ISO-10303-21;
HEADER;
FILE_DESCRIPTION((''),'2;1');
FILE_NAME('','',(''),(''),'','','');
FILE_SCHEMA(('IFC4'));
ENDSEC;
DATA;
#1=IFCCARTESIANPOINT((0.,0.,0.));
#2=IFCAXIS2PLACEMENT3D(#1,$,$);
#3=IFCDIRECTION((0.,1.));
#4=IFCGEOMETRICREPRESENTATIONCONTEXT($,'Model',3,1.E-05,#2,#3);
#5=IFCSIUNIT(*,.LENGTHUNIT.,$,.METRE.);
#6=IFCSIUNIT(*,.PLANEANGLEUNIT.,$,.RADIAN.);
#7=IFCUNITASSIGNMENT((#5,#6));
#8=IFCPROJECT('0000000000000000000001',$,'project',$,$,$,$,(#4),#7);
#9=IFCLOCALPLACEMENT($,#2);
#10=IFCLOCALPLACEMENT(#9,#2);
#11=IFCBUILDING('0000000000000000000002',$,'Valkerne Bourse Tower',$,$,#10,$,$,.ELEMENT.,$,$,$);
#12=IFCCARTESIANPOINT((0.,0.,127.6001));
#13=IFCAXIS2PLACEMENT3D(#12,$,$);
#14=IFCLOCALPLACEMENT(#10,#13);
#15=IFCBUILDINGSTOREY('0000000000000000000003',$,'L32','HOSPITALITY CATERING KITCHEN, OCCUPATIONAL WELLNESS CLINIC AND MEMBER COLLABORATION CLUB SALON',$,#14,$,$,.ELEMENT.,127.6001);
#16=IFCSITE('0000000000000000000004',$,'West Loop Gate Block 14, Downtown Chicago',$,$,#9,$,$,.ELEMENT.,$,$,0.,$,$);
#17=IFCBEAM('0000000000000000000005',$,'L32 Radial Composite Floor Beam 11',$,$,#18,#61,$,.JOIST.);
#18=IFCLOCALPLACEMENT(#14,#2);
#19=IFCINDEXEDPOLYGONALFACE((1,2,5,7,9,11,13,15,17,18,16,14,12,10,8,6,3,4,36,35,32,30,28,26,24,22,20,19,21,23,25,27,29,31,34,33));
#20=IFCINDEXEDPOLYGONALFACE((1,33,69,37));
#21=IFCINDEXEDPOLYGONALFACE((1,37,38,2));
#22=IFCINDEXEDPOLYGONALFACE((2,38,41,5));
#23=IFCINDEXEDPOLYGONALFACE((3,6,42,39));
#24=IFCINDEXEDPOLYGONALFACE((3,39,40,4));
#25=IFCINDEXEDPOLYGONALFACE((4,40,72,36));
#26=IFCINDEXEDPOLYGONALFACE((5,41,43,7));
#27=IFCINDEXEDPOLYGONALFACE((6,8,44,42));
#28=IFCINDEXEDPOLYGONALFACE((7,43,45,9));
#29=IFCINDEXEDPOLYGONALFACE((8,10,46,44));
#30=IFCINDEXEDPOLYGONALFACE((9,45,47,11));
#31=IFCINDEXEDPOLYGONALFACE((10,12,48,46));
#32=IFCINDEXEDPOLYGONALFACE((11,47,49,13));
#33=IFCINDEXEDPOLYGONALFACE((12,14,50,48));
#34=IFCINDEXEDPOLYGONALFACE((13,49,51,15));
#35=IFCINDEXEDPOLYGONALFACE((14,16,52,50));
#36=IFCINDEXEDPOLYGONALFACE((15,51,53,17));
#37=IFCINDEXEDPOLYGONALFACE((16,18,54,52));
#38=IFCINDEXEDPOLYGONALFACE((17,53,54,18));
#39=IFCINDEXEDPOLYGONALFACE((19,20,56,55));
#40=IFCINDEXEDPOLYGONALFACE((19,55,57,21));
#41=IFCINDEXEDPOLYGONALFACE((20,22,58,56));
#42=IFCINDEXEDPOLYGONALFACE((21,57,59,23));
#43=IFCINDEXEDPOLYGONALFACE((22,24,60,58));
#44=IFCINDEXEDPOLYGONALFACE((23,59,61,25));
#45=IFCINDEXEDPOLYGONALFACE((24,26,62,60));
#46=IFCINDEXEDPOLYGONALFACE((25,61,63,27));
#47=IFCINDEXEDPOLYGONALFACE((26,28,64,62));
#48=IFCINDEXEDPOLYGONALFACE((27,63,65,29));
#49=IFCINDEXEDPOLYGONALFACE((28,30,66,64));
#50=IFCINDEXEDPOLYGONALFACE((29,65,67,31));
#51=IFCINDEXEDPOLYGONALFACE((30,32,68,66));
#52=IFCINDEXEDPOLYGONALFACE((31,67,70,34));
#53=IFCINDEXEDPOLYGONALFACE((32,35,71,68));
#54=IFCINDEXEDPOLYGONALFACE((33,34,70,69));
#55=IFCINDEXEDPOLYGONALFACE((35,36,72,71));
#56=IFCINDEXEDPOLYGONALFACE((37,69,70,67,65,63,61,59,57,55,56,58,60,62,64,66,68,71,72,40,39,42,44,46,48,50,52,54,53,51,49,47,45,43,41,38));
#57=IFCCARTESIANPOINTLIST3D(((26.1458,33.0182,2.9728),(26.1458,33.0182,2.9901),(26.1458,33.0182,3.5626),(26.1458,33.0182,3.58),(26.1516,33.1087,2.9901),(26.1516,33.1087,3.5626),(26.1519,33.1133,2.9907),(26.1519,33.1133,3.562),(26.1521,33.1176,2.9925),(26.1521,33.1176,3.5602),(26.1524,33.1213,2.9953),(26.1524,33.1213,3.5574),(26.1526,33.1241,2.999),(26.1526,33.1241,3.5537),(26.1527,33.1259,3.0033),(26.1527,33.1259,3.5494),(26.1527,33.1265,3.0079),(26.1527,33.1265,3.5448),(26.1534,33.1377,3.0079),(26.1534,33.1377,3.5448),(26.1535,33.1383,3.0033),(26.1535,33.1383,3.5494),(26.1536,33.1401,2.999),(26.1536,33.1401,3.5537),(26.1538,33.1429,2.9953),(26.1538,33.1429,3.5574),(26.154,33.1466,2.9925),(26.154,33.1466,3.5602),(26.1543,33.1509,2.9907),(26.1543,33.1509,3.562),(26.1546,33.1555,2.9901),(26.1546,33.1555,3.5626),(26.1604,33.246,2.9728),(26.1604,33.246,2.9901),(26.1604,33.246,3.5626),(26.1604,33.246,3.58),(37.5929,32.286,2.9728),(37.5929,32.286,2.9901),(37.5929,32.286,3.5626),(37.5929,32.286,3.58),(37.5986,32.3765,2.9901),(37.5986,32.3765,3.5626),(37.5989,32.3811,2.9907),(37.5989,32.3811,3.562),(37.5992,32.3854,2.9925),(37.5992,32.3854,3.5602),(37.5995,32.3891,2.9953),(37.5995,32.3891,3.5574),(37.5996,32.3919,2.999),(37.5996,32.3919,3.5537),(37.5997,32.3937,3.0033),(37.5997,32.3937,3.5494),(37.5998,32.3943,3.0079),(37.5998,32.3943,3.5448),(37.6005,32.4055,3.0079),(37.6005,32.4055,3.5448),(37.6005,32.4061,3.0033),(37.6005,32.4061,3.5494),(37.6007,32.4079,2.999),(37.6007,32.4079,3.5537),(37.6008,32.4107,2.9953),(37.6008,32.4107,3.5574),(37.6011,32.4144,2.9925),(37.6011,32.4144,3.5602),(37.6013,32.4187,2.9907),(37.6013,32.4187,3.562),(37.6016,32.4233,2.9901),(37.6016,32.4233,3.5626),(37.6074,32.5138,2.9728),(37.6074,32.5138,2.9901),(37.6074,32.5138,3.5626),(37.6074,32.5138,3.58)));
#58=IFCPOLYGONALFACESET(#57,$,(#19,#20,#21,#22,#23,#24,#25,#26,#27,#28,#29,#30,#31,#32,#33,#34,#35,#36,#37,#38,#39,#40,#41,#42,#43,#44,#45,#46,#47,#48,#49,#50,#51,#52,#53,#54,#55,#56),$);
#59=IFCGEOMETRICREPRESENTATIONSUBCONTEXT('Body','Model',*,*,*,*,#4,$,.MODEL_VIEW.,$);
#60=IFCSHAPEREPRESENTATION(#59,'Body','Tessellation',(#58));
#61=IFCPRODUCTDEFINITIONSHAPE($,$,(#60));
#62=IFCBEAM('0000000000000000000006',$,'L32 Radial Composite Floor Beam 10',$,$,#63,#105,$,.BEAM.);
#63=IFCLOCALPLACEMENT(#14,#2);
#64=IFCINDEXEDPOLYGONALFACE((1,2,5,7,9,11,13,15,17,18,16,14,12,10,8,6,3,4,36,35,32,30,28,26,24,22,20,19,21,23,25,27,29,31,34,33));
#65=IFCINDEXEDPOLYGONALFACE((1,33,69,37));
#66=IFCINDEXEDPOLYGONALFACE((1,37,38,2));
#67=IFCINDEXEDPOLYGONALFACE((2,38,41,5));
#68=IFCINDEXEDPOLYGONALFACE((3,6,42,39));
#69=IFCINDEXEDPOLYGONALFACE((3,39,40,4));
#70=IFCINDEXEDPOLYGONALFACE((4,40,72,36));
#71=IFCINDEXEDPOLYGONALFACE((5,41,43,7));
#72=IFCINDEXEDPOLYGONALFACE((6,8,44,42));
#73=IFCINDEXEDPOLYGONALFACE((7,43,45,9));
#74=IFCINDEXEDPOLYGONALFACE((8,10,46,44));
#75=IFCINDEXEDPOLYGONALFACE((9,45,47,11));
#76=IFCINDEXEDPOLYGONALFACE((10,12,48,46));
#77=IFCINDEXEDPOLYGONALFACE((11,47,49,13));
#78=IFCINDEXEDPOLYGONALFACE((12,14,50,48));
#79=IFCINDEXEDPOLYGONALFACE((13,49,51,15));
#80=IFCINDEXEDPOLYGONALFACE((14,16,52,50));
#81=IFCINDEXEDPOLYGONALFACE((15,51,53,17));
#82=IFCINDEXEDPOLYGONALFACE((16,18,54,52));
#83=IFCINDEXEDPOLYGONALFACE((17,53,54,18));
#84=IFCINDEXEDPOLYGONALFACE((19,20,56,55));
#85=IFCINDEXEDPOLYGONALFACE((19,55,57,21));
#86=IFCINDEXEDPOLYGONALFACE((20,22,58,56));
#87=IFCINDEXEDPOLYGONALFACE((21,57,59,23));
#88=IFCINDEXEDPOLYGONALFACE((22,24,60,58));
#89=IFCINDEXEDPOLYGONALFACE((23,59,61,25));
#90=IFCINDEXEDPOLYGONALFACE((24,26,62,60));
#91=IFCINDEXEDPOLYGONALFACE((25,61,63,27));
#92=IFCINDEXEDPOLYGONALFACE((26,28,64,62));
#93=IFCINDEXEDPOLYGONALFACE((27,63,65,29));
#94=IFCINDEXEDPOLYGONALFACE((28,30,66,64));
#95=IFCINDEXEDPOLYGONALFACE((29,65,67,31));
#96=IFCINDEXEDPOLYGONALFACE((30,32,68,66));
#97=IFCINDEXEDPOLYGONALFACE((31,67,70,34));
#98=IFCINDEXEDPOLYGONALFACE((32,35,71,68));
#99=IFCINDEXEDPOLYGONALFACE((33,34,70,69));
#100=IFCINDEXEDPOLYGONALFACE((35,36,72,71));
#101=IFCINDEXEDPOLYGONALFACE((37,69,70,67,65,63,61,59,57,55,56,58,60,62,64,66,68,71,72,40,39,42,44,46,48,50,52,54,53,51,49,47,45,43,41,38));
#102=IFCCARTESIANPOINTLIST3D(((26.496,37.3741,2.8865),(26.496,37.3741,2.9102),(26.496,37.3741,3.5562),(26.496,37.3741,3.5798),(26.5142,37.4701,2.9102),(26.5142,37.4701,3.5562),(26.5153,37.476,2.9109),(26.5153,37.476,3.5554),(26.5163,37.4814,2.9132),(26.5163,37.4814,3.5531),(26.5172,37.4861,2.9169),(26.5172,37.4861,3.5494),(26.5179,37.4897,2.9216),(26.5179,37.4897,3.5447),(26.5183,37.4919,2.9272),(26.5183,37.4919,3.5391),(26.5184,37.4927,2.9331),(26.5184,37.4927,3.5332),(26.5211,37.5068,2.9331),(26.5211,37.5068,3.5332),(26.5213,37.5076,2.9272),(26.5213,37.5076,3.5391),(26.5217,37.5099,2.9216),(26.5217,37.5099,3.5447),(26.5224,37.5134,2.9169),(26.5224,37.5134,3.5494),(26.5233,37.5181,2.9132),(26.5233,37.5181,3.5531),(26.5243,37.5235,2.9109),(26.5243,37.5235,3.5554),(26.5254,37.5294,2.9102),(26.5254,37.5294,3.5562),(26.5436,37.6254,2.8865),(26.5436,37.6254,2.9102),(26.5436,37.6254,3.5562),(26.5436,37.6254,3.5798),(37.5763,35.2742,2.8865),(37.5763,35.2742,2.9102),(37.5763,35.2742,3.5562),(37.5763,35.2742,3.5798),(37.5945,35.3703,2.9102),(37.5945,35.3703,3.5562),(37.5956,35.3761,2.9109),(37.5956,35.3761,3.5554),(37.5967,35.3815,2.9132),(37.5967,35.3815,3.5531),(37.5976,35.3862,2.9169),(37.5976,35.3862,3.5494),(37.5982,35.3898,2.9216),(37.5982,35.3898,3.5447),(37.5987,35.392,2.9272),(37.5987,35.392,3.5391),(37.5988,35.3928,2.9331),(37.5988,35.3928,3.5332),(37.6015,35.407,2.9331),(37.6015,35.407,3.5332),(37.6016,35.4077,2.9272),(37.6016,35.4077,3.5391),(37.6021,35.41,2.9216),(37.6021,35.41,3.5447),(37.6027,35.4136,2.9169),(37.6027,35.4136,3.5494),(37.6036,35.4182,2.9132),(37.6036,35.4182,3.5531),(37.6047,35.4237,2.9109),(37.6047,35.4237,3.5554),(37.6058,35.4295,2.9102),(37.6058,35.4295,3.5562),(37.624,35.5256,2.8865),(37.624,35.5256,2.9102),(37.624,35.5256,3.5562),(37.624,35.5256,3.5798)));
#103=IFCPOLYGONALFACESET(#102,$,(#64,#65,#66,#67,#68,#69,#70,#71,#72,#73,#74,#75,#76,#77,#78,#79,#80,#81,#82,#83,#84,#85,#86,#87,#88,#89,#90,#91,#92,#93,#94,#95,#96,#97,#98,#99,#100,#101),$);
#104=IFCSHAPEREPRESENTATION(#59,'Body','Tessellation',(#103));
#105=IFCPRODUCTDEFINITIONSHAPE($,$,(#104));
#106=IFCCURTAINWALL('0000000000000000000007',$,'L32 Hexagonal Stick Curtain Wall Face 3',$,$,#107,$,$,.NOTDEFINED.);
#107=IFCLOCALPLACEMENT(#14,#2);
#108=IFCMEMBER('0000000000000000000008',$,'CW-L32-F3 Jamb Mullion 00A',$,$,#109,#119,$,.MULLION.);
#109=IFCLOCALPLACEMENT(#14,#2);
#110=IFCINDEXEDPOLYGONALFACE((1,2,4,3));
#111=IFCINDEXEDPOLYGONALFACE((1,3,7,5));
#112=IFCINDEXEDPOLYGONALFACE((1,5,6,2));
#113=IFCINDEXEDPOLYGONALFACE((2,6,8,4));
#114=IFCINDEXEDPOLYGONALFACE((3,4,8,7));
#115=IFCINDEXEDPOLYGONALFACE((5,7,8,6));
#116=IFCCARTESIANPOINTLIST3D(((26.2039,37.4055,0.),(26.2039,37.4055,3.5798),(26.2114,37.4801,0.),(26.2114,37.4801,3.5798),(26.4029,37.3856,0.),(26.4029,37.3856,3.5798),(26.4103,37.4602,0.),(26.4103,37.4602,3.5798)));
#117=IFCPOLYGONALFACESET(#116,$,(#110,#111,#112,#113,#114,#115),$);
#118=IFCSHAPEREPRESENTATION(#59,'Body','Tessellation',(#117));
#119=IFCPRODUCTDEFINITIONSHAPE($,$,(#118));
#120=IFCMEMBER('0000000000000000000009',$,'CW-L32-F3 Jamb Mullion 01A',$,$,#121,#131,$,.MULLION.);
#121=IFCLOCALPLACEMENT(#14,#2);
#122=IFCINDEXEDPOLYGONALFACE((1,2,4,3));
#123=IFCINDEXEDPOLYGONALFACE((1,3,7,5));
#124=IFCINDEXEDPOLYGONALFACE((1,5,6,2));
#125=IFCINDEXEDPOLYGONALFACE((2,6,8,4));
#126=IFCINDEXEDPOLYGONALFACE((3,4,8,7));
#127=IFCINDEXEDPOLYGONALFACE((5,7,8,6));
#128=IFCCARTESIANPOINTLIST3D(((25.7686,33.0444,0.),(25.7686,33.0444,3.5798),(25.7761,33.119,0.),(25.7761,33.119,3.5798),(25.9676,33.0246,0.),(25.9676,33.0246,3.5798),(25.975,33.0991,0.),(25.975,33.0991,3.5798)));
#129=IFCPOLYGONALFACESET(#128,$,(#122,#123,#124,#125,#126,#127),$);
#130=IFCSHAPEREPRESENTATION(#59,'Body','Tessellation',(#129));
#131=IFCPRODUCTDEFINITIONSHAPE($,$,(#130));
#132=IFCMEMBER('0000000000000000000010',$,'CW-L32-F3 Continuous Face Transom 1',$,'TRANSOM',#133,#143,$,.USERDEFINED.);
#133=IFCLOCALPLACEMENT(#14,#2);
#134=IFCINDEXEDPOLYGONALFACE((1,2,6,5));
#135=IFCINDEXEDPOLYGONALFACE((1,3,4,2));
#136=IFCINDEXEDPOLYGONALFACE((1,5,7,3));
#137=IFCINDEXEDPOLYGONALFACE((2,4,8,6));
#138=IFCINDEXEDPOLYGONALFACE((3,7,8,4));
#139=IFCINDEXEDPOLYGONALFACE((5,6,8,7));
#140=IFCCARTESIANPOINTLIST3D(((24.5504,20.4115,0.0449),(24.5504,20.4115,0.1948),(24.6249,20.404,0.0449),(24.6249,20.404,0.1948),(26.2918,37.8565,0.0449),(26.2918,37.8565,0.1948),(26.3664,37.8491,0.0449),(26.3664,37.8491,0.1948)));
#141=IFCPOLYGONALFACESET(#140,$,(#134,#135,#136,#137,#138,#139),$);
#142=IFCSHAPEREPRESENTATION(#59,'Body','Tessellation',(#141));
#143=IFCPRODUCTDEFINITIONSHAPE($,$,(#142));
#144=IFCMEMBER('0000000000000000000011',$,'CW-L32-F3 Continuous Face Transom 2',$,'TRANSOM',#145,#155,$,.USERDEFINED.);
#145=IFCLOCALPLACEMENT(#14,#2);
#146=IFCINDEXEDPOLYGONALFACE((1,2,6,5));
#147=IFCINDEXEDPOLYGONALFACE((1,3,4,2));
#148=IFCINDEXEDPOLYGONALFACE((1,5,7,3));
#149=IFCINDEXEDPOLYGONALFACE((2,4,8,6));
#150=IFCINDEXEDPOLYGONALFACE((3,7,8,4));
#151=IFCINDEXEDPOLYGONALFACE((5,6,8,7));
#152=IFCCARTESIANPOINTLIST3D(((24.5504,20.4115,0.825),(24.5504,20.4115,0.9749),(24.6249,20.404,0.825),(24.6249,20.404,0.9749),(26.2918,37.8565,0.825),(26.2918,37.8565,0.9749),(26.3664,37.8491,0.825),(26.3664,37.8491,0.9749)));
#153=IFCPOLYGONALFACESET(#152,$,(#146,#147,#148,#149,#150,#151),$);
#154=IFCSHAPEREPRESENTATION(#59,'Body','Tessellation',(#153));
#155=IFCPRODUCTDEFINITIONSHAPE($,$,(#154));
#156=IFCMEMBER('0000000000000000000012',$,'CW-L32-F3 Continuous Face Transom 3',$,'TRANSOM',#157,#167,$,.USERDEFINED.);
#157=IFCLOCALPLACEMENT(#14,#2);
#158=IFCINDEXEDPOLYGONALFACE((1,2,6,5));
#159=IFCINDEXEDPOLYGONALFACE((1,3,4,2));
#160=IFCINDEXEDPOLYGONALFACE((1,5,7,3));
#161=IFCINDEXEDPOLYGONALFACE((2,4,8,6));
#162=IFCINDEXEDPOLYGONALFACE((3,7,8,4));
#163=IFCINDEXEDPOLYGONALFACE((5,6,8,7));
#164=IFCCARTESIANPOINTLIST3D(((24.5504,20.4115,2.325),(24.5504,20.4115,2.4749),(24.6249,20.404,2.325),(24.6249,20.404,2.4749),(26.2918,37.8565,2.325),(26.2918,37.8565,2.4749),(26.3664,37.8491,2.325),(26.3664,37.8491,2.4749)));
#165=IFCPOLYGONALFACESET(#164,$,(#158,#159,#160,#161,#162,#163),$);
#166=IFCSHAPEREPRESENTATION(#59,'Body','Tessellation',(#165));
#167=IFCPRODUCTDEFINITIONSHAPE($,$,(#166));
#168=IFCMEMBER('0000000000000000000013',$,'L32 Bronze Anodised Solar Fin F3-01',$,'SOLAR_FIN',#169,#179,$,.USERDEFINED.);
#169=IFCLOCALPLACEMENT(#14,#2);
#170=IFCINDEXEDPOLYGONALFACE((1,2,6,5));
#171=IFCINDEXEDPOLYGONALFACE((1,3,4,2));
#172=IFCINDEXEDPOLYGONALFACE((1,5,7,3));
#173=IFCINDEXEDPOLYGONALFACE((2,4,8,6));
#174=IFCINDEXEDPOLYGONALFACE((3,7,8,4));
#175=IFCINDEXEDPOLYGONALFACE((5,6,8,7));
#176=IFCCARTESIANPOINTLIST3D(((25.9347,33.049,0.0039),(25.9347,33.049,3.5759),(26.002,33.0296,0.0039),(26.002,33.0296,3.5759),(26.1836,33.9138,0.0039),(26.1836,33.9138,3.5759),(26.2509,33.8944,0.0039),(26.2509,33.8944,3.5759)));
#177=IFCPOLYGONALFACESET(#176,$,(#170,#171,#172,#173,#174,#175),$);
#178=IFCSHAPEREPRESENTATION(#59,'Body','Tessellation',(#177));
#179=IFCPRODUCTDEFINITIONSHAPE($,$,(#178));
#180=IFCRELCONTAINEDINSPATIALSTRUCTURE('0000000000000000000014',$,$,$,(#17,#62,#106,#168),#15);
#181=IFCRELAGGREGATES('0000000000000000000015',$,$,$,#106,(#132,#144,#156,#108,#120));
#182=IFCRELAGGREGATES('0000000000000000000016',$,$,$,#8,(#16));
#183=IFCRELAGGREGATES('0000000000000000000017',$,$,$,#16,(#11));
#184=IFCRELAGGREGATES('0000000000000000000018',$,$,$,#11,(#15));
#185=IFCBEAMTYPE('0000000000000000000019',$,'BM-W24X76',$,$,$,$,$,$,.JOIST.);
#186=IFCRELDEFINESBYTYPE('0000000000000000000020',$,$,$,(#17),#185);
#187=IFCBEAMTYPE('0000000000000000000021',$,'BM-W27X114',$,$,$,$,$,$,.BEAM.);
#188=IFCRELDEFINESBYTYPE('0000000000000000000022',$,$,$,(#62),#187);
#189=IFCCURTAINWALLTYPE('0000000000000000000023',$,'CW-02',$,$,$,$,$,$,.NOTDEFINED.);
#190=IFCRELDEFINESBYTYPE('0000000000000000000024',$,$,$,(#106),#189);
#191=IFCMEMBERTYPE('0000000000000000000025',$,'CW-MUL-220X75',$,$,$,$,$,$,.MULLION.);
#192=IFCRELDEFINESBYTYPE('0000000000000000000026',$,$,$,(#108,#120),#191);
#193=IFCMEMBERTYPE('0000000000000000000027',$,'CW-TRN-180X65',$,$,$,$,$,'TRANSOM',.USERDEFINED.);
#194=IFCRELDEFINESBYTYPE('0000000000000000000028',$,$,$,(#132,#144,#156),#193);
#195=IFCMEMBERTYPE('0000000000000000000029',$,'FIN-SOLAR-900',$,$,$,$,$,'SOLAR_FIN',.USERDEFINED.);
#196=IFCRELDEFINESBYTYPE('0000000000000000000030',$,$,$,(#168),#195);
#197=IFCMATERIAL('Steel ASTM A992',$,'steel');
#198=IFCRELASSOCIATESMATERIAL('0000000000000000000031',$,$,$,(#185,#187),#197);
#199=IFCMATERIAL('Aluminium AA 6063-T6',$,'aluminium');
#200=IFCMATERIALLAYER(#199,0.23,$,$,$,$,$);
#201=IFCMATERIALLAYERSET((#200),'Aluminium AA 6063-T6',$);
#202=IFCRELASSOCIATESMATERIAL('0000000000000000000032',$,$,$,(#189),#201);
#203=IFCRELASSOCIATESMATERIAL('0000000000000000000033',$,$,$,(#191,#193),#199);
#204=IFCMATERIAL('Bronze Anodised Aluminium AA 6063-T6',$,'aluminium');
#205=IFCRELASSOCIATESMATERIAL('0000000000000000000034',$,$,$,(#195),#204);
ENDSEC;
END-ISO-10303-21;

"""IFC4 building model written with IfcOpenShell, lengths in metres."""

from ifc_helpers import new_model, si_unit, direction, frame, origin, origin_2d, place, context, subcontext, project, spatial, rectangle, i_section, extrude, material, layer, layer_set, material_profile, profile_set, type_object, element, aggregate, save


model = new_model("IFC4")

# Units and contexts
model_context = context("Model", 3, precision=1e-05, world=origin(), true_north=direction((0.0, 1.0)))
body_context = subcontext(model_context, "Body", "Model", "MODEL_VIEW")
ifc_project = project(units=[si_unit("LENGTHUNIT", "METRE"), si_unit("PLANEANGLEUNIT", "RADIAN")], contexts=[model_context])

# Site, building, storey
site_placement = place(None, origin())
site = spatial("IfcSite", under=ifc_project, at=site_placement, Name="West Loop Gate Block 14, Downtown Chicago", CompositionType="ELEMENT", RefElevation=0.0)
building_placement = place(site_placement, origin())
building = spatial("IfcBuilding", under=site, at=building_placement, Name="Valkerne Bourse Tower", CompositionType="ELEMENT")
storey_placement = place(building_placement, frame((0.0, 0.0, 127.6001)))
storey = spatial("IfcBuildingStorey", under=building, at=storey_placement, Name="L32", Description="HOSPITALITY CATERING KITCHEN, OCCUPATIONAL WELLNESS CLINIC AND MEMBER COLLABORATION CLUB SALON", CompositionType="ELEMENT", Elevation=127.6001)

# Beams
ifc_material_1 = material(Name="Steel ASTM A992", Category="steel")
ifc_material_profile_1 = material_profile(ifc_material_1, i_section(OverallWidth=0.2283, OverallDepth=0.6072, WebThickness=0.0112, FlangeThickness=0.0173, FilletRadius=0.0178, at=origin_2d()), Name="W24X76")
ifc_profile_set_1 = profile_set([ifc_material_profile_1], Name="Steel ASTM A992")
beam_type_1 = type_object("IfcBeamType", Name="BM-W24X76", PredefinedType="JOIST", material=ifc_profile_set_1)
beam_1_placement = place(storey_placement, frame((26.1531, 33.1321, 3.2764), z_axis=(0.997961, -0.063832, 0.0), x_axis=(0.063832, 0.997961, 0.0)))
element("IfcBeam", 1, at=beam_1_placement, inside=storey, type_object=beam_type_1, Name="L32 Radial Composite Floor Beam 11", PredefinedType="JOIST", context=body_context, shape_type="SweptSolid", body=[
    extrude(i_section(OverallWidth=0.2283, OverallDepth=0.6072, WebThickness=0.0112, FlangeThickness=0.0173, FilletRadius=0.0178, at=origin_2d()), origin(), (0.0, 0.0, 1.0), 11.4705),
])
ifc_material_profile_2 = material_profile(ifc_material_1, i_section(OverallWidth=0.2559, OverallDepth=0.6934, WebThickness=0.0144, FlangeThickness=0.0237, FilletRadius=0.0229, at=origin_2d()), Name="W27X114")
ifc_profile_set_2 = profile_set([ifc_material_profile_2], Name="Steel ASTM A992")
beam_type_2 = type_object("IfcBeamType", Name="BM-W27X114", PredefinedType="BEAM", material=ifc_profile_set_2)
beam_2_placement = place(storey_placement, frame((26.5198, 37.4998, 3.2332), z_axis=(0.982512, -0.186198, 0.0), x_axis=(0.186198, 0.982512, 0.0)))
element("IfcBeam", 2, at=beam_2_placement, inside=storey, type_object=beam_type_2, Name="L32 Radial Composite Floor Beam 10", PredefinedType="BEAM", context=body_context, shape_type="SweptSolid", body=[
    extrude(i_section(OverallWidth=0.2559, OverallDepth=0.6934, WebThickness=0.0144, FlangeThickness=0.0237, FilletRadius=0.0229, at=origin_2d()), origin(), (0.0, 0.0, 1.0), 11.2776),
])

# Curtain wall, members
ifc_material_2 = material(Name="Aluminium AA 6063-T6", Category="aluminium")
ifc_layer_1 = layer(ifc_material_2, 0.23)
ifc_layer_set_1 = layer_set([ifc_layer_1], Name="Aluminium AA 6063-T6")
curtain_wall_type = type_object("IfcCurtainWallType", Name="CW-02", PredefinedType="NOTDEFINED", material=ifc_layer_set_1)
curtain_wall_placement = place(storey_placement, origin())
curtain_wall = element("IfcCurtainWall", 3, at=curtain_wall_placement, inside=storey, type_object=curtain_wall_type, Name="L32 Hexagonal Stick Curtain Wall Face 3", PredefinedType="NOTDEFINED")
ifc_material_profile_3 = material_profile(ifc_material_2, rectangle(XDim=0.075, YDim=0.2, at=origin_2d()), Name="CWM-75X200")
ifc_profile_set_3 = profile_set([ifc_material_profile_3], Name="Aluminium AA 6063-T6")
member_type_1 = type_object("IfcMemberType", Name="CW-MUL-220X75", PredefinedType="MULLION", material=ifc_profile_set_3)
member_1_placement = place(storey_placement, frame((26.3071, 37.4329, 0.0), z_axis=(0.0, 0.0, 1.0), x_axis=(-0.099316, -0.995056, 0.0)))
member_1 = element("IfcMember", 4, at=member_1_placement, type_object=member_type_1, Name="CW-L32-F3 Jamb Mullion 00A", PredefinedType="MULLION", context=body_context, shape_type="SweptSolid", body=[
    extrude(rectangle(XDim=0.075, YDim=0.2, at=origin_2d()), origin(), (0.0, 0.0, 1.0), 3.5798),
])
member_2_placement = place(storey_placement, frame((25.8718, 33.0718, 0.0), z_axis=(0.0, 0.0, 1.0), x_axis=(-0.099337, -0.995054, 0.0)))
member_2 = element("IfcMember", 5, at=member_2_placement, type_object=member_type_1, Name="CW-L32-F3 Jamb Mullion 01A", PredefinedType="MULLION", context=body_context, shape_type="SweptSolid", body=[
    extrude(rectangle(XDim=0.075, YDim=0.2, at=origin_2d()), origin(), (0.0, 0.0, 1.0), 3.5798),
])
ifc_material_profile_4 = material_profile(ifc_material_2, rectangle(XDim=0.075, YDim=0.1499, at=origin_2d()), Name="CWT-75X150")
ifc_profile_set_4 = profile_set([ifc_material_profile_4], Name="Aluminium AA 6063-T6")
member_type_2 = type_object("IfcMemberType", Name="CW-TRN-180X65", ElementType="TRANSOM", PredefinedType="USERDEFINED", material=ifc_profile_set_4)
member_3_placement = place(storey_placement, frame((26.3291, 37.8528, 0.1199), z_axis=(-0.099331, -0.995054, 0.0), x_axis=(0.995054, -0.099331, 0.0)))
member_3 = element("IfcMember", 6, at=member_3_placement, type_object=member_type_2, Name="CW-L32-F3 Continuous Face Transom 1", ObjectType="TRANSOM", PredefinedType="USERDEFINED", context=body_context, shape_type="SweptSolid", body=[
    extrude(rectangle(XDim=0.075, YDim=0.1499, at=origin_2d()), origin(), (0.0, 0.0, 1.0), 17.5317),
])
member_4_placement = place(storey_placement, frame((26.3291, 37.8528, 0.8999), z_axis=(-0.099331, -0.995054, 0.0), x_axis=(0.995054, -0.099331, 0.0)))
member_4 = element("IfcMember", 7, at=member_4_placement, type_object=member_type_2, Name="CW-L32-F3 Continuous Face Transom 2", ObjectType="TRANSOM", PredefinedType="USERDEFINED", context=body_context, shape_type="SweptSolid", body=[
    extrude(rectangle(XDim=0.075, YDim=0.1499, at=origin_2d()), origin(), (0.0, 0.0, 1.0), 17.5317),
])
member_5_placement = place(storey_placement, frame((26.3291, 37.8528, 2.3999), z_axis=(-0.099331, -0.995054, 0.0), x_axis=(0.995054, -0.099331, 0.0)))
member_5 = element("IfcMember", 8, at=member_5_placement, type_object=member_type_2, Name="CW-L32-F3 Continuous Face Transom 3", ObjectType="TRANSOM", PredefinedType="USERDEFINED", context=body_context, shape_type="SweptSolid", body=[
    extrude(rectangle(XDim=0.075, YDim=0.1499, at=origin_2d()), origin(), (0.0, 0.0, 1.0), 17.5317),
])

# Member
ifc_material_3 = material(Name="Bronze Anodised Aluminium AA 6063-T6", Category="aluminium")
ifc_material_profile_5 = material_profile(ifc_material_3, rectangle(XDim=0.0701, YDim=0.8999, at=origin_2d()), Name="FIN-70X900")
ifc_profile_set_5 = profile_set([ifc_material_profile_5], Name="Bronze Anodised Aluminium AA 6063-T6")
member_type_3 = type_object("IfcMemberType", Name="FIN-SOLAR-900", ElementType="SOLAR_FIN", PredefinedType="USERDEFINED", material=ifc_profile_set_5)
member_6_placement = place(storey_placement, frame((26.0928, 33.4717, 0.0039), z_axis=(0.0, 0.0, 1.0), x_axis=(-0.960992, 0.276576, 0.0)))
element("IfcMember", 9, at=member_6_placement, inside=storey, type_object=member_type_3, Name="L32 Bronze Anodised Solar Fin F3-01", ObjectType="SOLAR_FIN", PredefinedType="USERDEFINED", context=body_context, shape_type="SweptSolid", body=[
    extrude(rectangle(XDim=0.0701, YDim=0.8999, at=origin_2d()), origin(), (0.0, 0.0, 1.0), 3.572),
])

aggregate(curtain_wall, [member_3, member_4, member_5, member_1, member_2])

save(model, "model.ifc")
